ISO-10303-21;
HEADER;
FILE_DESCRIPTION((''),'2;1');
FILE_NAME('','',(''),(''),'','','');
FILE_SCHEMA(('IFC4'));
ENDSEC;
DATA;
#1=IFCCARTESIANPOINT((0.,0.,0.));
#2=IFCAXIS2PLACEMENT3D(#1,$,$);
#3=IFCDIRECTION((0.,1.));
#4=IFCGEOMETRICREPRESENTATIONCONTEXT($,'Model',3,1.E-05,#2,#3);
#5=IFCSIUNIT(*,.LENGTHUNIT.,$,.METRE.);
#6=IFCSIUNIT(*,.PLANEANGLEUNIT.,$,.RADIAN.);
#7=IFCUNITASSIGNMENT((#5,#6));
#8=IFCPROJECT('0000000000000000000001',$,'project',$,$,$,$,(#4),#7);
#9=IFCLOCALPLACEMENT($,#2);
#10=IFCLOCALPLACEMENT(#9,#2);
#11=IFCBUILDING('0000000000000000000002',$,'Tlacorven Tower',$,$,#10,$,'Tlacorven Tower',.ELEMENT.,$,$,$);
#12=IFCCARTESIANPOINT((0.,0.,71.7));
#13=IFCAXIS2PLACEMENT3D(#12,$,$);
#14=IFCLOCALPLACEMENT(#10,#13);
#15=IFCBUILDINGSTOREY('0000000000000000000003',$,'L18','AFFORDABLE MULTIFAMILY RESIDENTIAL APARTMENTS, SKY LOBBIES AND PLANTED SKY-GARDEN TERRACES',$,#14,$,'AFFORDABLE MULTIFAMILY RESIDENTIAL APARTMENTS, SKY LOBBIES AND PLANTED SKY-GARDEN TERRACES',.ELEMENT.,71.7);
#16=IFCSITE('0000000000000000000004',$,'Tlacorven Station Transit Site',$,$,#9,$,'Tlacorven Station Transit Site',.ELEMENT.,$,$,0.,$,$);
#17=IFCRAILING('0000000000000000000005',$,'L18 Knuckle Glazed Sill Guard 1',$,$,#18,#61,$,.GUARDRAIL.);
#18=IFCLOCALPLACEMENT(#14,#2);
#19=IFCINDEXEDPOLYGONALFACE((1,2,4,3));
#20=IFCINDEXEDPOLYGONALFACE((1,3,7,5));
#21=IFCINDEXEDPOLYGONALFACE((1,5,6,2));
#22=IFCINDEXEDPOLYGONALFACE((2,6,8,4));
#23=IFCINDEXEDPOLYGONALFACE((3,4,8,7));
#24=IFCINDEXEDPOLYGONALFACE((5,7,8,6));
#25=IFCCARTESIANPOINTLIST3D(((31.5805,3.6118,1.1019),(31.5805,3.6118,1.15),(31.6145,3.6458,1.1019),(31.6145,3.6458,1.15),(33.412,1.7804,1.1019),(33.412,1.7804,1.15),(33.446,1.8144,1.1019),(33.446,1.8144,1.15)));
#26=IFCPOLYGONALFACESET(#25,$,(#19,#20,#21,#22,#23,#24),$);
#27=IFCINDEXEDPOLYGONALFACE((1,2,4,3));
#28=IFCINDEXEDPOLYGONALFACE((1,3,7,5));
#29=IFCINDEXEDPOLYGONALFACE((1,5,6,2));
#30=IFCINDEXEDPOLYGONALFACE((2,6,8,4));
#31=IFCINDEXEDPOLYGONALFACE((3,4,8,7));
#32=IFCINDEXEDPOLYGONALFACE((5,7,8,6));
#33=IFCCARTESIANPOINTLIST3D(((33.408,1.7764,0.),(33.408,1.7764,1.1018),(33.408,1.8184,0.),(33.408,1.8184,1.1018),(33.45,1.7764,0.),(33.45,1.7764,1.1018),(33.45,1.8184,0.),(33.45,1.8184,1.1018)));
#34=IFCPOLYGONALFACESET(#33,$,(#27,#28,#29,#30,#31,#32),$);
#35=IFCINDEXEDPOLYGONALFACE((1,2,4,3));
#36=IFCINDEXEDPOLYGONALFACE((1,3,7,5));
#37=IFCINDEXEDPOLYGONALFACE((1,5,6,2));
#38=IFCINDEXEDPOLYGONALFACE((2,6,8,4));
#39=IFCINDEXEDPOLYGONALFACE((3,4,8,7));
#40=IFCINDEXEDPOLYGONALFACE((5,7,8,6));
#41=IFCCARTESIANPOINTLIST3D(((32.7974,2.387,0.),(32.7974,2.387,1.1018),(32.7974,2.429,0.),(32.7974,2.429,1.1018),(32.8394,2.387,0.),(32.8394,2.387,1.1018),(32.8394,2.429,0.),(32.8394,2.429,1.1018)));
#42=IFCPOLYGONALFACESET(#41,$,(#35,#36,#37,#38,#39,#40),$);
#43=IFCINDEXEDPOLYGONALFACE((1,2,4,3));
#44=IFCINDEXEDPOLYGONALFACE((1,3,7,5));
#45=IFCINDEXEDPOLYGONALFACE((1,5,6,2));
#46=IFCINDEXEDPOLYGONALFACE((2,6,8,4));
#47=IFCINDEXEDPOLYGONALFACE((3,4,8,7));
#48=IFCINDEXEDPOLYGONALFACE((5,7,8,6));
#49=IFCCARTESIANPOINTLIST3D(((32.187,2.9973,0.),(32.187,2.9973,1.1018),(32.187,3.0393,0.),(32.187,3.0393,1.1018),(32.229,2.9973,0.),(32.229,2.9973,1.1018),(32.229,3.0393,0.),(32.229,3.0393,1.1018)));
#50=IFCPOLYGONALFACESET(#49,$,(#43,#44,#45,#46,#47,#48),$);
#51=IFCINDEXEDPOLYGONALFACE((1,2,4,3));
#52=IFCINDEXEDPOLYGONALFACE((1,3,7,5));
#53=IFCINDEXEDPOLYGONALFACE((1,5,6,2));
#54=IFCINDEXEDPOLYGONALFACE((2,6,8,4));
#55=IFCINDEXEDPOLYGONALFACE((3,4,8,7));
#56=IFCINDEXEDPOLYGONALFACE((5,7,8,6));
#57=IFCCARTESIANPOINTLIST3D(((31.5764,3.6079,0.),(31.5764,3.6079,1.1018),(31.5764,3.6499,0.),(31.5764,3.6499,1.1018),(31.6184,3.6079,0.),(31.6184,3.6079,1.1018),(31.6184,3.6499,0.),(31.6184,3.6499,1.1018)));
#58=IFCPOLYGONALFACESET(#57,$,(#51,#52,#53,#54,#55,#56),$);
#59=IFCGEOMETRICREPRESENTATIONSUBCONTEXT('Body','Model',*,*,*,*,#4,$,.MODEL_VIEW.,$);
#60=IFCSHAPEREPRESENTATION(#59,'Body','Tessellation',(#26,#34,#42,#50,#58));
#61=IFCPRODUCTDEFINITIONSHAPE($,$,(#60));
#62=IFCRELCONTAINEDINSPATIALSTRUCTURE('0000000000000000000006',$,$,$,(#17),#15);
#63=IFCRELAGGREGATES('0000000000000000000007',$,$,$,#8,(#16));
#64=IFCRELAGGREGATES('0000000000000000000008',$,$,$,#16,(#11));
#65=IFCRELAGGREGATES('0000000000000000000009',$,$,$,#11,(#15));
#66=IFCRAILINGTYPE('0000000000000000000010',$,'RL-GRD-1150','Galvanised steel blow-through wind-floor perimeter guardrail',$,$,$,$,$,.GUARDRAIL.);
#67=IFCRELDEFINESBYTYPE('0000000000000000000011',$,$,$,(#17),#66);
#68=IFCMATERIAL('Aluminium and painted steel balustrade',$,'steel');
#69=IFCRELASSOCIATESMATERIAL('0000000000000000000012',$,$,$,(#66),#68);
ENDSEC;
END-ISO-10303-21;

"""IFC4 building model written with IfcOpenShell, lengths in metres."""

from ifc_helpers import new_model, si_unit, direction, frame, origin, origin_2d, place, context, subcontext, project, spatial, rectangle, extrude, source, transform, mapped, material, type_object, element, save


model = new_model("IFC4")

# Units and contexts
model_context = context("Model", 3, precision=1e-05, world=origin(), true_north=direction((0.0, 1.0)))
body_context = subcontext(model_context, "Body", "Model", "MODEL_VIEW")
ifc_project = project(units=[si_unit("LENGTHUNIT", "METRE"), si_unit("PLANEANGLEUNIT", "RADIAN")], contexts=[model_context])

# Site, building, storey
site_placement = place(None, origin())
site = spatial("IfcSite", under=ifc_project, at=site_placement, Name="Tlacorven Station Transit Site", LongName="Tlacorven Station Transit Site", CompositionType="ELEMENT", RefElevation=0.0)
building_placement = place(site_placement, origin())
building = spatial("IfcBuilding", under=site, at=building_placement, Name="Tlacorven Tower", LongName="Tlacorven Tower", CompositionType="ELEMENT")
storey_placement = place(building_placement, frame((0.0, 0.0, 71.7)))
storey = spatial("IfcBuildingStorey", under=building, at=storey_placement, Name="L18", Description="AFFORDABLE MULTIFAMILY RESIDENTIAL APARTMENTS, SKY LOBBIES AND PLANTED SKY-GARDEN TERRACES", LongName="AFFORDABLE MULTIFAMILY RESIDENTIAL APARTMENTS, SKY LOBBIES AND PLANTED SKY-GARDEN TERRACES", CompositionType="ELEMENT", Elevation=71.7)

# Railing
ifc_material_1 = material(Name="Aluminium and painted steel balustrade", Category="steel")
railing_type = type_object("IfcRailingType", Name="RL-GRD-1150", Description="Galvanised steel blow-through wind-floor perimeter guardrail", PredefinedType="GUARDRAIL", material=ifc_material_1)
shared_shape_1 = source(origin(), body_context, "Body", "SweptSolid", [
    extrude(rectangle(XDim=0.0481, YDim=0.0481, at=origin_2d()), frame((0.0, 0.0, 1.126), z_axis=(-0.707107, 0.707107, 0.0), x_axis=(-0.707107, -0.707107, 0.0)), (0.0, 0.0, 1.0), 2.5901),
    extrude(rectangle(XDim=0.042, YDim=0.042, at=origin_2d()), origin(), (0.0, 0.0, 1.0), 1.1018),
    extrude(rectangle(XDim=0.042, YDim=0.042, at=origin_2d()), frame((-0.6106, 0.6106, 0.0)), (0.0, 0.0, 1.0), 1.1018),
    extrude(rectangle(XDim=0.042, YDim=0.042, at=origin_2d()), frame((-1.2209, 1.2209, 0.0)), (0.0, 0.0, 1.0), 1.1018),
    extrude(rectangle(XDim=0.042, YDim=0.042, at=origin_2d()), frame((-1.8315, 1.8315, 0.0)), (0.0, 0.0, 1.0), 1.1018),
])
railing_placement = place(storey_placement, frame((33.429, 1.7974, 0.0)))
element("IfcRailing", 1, at=railing_placement, inside=storey, type_object=railing_type, Name="L18 Knuckle Glazed Sill Guard 1", PredefinedType="GUARDRAIL", context=body_context, shape_type="MappedRepresentation", body=[
    mapped(shared_shape_1, transform((0.0, 0.0, 0.0), scale=1.0)),
])

save(model, "model.ifc")
